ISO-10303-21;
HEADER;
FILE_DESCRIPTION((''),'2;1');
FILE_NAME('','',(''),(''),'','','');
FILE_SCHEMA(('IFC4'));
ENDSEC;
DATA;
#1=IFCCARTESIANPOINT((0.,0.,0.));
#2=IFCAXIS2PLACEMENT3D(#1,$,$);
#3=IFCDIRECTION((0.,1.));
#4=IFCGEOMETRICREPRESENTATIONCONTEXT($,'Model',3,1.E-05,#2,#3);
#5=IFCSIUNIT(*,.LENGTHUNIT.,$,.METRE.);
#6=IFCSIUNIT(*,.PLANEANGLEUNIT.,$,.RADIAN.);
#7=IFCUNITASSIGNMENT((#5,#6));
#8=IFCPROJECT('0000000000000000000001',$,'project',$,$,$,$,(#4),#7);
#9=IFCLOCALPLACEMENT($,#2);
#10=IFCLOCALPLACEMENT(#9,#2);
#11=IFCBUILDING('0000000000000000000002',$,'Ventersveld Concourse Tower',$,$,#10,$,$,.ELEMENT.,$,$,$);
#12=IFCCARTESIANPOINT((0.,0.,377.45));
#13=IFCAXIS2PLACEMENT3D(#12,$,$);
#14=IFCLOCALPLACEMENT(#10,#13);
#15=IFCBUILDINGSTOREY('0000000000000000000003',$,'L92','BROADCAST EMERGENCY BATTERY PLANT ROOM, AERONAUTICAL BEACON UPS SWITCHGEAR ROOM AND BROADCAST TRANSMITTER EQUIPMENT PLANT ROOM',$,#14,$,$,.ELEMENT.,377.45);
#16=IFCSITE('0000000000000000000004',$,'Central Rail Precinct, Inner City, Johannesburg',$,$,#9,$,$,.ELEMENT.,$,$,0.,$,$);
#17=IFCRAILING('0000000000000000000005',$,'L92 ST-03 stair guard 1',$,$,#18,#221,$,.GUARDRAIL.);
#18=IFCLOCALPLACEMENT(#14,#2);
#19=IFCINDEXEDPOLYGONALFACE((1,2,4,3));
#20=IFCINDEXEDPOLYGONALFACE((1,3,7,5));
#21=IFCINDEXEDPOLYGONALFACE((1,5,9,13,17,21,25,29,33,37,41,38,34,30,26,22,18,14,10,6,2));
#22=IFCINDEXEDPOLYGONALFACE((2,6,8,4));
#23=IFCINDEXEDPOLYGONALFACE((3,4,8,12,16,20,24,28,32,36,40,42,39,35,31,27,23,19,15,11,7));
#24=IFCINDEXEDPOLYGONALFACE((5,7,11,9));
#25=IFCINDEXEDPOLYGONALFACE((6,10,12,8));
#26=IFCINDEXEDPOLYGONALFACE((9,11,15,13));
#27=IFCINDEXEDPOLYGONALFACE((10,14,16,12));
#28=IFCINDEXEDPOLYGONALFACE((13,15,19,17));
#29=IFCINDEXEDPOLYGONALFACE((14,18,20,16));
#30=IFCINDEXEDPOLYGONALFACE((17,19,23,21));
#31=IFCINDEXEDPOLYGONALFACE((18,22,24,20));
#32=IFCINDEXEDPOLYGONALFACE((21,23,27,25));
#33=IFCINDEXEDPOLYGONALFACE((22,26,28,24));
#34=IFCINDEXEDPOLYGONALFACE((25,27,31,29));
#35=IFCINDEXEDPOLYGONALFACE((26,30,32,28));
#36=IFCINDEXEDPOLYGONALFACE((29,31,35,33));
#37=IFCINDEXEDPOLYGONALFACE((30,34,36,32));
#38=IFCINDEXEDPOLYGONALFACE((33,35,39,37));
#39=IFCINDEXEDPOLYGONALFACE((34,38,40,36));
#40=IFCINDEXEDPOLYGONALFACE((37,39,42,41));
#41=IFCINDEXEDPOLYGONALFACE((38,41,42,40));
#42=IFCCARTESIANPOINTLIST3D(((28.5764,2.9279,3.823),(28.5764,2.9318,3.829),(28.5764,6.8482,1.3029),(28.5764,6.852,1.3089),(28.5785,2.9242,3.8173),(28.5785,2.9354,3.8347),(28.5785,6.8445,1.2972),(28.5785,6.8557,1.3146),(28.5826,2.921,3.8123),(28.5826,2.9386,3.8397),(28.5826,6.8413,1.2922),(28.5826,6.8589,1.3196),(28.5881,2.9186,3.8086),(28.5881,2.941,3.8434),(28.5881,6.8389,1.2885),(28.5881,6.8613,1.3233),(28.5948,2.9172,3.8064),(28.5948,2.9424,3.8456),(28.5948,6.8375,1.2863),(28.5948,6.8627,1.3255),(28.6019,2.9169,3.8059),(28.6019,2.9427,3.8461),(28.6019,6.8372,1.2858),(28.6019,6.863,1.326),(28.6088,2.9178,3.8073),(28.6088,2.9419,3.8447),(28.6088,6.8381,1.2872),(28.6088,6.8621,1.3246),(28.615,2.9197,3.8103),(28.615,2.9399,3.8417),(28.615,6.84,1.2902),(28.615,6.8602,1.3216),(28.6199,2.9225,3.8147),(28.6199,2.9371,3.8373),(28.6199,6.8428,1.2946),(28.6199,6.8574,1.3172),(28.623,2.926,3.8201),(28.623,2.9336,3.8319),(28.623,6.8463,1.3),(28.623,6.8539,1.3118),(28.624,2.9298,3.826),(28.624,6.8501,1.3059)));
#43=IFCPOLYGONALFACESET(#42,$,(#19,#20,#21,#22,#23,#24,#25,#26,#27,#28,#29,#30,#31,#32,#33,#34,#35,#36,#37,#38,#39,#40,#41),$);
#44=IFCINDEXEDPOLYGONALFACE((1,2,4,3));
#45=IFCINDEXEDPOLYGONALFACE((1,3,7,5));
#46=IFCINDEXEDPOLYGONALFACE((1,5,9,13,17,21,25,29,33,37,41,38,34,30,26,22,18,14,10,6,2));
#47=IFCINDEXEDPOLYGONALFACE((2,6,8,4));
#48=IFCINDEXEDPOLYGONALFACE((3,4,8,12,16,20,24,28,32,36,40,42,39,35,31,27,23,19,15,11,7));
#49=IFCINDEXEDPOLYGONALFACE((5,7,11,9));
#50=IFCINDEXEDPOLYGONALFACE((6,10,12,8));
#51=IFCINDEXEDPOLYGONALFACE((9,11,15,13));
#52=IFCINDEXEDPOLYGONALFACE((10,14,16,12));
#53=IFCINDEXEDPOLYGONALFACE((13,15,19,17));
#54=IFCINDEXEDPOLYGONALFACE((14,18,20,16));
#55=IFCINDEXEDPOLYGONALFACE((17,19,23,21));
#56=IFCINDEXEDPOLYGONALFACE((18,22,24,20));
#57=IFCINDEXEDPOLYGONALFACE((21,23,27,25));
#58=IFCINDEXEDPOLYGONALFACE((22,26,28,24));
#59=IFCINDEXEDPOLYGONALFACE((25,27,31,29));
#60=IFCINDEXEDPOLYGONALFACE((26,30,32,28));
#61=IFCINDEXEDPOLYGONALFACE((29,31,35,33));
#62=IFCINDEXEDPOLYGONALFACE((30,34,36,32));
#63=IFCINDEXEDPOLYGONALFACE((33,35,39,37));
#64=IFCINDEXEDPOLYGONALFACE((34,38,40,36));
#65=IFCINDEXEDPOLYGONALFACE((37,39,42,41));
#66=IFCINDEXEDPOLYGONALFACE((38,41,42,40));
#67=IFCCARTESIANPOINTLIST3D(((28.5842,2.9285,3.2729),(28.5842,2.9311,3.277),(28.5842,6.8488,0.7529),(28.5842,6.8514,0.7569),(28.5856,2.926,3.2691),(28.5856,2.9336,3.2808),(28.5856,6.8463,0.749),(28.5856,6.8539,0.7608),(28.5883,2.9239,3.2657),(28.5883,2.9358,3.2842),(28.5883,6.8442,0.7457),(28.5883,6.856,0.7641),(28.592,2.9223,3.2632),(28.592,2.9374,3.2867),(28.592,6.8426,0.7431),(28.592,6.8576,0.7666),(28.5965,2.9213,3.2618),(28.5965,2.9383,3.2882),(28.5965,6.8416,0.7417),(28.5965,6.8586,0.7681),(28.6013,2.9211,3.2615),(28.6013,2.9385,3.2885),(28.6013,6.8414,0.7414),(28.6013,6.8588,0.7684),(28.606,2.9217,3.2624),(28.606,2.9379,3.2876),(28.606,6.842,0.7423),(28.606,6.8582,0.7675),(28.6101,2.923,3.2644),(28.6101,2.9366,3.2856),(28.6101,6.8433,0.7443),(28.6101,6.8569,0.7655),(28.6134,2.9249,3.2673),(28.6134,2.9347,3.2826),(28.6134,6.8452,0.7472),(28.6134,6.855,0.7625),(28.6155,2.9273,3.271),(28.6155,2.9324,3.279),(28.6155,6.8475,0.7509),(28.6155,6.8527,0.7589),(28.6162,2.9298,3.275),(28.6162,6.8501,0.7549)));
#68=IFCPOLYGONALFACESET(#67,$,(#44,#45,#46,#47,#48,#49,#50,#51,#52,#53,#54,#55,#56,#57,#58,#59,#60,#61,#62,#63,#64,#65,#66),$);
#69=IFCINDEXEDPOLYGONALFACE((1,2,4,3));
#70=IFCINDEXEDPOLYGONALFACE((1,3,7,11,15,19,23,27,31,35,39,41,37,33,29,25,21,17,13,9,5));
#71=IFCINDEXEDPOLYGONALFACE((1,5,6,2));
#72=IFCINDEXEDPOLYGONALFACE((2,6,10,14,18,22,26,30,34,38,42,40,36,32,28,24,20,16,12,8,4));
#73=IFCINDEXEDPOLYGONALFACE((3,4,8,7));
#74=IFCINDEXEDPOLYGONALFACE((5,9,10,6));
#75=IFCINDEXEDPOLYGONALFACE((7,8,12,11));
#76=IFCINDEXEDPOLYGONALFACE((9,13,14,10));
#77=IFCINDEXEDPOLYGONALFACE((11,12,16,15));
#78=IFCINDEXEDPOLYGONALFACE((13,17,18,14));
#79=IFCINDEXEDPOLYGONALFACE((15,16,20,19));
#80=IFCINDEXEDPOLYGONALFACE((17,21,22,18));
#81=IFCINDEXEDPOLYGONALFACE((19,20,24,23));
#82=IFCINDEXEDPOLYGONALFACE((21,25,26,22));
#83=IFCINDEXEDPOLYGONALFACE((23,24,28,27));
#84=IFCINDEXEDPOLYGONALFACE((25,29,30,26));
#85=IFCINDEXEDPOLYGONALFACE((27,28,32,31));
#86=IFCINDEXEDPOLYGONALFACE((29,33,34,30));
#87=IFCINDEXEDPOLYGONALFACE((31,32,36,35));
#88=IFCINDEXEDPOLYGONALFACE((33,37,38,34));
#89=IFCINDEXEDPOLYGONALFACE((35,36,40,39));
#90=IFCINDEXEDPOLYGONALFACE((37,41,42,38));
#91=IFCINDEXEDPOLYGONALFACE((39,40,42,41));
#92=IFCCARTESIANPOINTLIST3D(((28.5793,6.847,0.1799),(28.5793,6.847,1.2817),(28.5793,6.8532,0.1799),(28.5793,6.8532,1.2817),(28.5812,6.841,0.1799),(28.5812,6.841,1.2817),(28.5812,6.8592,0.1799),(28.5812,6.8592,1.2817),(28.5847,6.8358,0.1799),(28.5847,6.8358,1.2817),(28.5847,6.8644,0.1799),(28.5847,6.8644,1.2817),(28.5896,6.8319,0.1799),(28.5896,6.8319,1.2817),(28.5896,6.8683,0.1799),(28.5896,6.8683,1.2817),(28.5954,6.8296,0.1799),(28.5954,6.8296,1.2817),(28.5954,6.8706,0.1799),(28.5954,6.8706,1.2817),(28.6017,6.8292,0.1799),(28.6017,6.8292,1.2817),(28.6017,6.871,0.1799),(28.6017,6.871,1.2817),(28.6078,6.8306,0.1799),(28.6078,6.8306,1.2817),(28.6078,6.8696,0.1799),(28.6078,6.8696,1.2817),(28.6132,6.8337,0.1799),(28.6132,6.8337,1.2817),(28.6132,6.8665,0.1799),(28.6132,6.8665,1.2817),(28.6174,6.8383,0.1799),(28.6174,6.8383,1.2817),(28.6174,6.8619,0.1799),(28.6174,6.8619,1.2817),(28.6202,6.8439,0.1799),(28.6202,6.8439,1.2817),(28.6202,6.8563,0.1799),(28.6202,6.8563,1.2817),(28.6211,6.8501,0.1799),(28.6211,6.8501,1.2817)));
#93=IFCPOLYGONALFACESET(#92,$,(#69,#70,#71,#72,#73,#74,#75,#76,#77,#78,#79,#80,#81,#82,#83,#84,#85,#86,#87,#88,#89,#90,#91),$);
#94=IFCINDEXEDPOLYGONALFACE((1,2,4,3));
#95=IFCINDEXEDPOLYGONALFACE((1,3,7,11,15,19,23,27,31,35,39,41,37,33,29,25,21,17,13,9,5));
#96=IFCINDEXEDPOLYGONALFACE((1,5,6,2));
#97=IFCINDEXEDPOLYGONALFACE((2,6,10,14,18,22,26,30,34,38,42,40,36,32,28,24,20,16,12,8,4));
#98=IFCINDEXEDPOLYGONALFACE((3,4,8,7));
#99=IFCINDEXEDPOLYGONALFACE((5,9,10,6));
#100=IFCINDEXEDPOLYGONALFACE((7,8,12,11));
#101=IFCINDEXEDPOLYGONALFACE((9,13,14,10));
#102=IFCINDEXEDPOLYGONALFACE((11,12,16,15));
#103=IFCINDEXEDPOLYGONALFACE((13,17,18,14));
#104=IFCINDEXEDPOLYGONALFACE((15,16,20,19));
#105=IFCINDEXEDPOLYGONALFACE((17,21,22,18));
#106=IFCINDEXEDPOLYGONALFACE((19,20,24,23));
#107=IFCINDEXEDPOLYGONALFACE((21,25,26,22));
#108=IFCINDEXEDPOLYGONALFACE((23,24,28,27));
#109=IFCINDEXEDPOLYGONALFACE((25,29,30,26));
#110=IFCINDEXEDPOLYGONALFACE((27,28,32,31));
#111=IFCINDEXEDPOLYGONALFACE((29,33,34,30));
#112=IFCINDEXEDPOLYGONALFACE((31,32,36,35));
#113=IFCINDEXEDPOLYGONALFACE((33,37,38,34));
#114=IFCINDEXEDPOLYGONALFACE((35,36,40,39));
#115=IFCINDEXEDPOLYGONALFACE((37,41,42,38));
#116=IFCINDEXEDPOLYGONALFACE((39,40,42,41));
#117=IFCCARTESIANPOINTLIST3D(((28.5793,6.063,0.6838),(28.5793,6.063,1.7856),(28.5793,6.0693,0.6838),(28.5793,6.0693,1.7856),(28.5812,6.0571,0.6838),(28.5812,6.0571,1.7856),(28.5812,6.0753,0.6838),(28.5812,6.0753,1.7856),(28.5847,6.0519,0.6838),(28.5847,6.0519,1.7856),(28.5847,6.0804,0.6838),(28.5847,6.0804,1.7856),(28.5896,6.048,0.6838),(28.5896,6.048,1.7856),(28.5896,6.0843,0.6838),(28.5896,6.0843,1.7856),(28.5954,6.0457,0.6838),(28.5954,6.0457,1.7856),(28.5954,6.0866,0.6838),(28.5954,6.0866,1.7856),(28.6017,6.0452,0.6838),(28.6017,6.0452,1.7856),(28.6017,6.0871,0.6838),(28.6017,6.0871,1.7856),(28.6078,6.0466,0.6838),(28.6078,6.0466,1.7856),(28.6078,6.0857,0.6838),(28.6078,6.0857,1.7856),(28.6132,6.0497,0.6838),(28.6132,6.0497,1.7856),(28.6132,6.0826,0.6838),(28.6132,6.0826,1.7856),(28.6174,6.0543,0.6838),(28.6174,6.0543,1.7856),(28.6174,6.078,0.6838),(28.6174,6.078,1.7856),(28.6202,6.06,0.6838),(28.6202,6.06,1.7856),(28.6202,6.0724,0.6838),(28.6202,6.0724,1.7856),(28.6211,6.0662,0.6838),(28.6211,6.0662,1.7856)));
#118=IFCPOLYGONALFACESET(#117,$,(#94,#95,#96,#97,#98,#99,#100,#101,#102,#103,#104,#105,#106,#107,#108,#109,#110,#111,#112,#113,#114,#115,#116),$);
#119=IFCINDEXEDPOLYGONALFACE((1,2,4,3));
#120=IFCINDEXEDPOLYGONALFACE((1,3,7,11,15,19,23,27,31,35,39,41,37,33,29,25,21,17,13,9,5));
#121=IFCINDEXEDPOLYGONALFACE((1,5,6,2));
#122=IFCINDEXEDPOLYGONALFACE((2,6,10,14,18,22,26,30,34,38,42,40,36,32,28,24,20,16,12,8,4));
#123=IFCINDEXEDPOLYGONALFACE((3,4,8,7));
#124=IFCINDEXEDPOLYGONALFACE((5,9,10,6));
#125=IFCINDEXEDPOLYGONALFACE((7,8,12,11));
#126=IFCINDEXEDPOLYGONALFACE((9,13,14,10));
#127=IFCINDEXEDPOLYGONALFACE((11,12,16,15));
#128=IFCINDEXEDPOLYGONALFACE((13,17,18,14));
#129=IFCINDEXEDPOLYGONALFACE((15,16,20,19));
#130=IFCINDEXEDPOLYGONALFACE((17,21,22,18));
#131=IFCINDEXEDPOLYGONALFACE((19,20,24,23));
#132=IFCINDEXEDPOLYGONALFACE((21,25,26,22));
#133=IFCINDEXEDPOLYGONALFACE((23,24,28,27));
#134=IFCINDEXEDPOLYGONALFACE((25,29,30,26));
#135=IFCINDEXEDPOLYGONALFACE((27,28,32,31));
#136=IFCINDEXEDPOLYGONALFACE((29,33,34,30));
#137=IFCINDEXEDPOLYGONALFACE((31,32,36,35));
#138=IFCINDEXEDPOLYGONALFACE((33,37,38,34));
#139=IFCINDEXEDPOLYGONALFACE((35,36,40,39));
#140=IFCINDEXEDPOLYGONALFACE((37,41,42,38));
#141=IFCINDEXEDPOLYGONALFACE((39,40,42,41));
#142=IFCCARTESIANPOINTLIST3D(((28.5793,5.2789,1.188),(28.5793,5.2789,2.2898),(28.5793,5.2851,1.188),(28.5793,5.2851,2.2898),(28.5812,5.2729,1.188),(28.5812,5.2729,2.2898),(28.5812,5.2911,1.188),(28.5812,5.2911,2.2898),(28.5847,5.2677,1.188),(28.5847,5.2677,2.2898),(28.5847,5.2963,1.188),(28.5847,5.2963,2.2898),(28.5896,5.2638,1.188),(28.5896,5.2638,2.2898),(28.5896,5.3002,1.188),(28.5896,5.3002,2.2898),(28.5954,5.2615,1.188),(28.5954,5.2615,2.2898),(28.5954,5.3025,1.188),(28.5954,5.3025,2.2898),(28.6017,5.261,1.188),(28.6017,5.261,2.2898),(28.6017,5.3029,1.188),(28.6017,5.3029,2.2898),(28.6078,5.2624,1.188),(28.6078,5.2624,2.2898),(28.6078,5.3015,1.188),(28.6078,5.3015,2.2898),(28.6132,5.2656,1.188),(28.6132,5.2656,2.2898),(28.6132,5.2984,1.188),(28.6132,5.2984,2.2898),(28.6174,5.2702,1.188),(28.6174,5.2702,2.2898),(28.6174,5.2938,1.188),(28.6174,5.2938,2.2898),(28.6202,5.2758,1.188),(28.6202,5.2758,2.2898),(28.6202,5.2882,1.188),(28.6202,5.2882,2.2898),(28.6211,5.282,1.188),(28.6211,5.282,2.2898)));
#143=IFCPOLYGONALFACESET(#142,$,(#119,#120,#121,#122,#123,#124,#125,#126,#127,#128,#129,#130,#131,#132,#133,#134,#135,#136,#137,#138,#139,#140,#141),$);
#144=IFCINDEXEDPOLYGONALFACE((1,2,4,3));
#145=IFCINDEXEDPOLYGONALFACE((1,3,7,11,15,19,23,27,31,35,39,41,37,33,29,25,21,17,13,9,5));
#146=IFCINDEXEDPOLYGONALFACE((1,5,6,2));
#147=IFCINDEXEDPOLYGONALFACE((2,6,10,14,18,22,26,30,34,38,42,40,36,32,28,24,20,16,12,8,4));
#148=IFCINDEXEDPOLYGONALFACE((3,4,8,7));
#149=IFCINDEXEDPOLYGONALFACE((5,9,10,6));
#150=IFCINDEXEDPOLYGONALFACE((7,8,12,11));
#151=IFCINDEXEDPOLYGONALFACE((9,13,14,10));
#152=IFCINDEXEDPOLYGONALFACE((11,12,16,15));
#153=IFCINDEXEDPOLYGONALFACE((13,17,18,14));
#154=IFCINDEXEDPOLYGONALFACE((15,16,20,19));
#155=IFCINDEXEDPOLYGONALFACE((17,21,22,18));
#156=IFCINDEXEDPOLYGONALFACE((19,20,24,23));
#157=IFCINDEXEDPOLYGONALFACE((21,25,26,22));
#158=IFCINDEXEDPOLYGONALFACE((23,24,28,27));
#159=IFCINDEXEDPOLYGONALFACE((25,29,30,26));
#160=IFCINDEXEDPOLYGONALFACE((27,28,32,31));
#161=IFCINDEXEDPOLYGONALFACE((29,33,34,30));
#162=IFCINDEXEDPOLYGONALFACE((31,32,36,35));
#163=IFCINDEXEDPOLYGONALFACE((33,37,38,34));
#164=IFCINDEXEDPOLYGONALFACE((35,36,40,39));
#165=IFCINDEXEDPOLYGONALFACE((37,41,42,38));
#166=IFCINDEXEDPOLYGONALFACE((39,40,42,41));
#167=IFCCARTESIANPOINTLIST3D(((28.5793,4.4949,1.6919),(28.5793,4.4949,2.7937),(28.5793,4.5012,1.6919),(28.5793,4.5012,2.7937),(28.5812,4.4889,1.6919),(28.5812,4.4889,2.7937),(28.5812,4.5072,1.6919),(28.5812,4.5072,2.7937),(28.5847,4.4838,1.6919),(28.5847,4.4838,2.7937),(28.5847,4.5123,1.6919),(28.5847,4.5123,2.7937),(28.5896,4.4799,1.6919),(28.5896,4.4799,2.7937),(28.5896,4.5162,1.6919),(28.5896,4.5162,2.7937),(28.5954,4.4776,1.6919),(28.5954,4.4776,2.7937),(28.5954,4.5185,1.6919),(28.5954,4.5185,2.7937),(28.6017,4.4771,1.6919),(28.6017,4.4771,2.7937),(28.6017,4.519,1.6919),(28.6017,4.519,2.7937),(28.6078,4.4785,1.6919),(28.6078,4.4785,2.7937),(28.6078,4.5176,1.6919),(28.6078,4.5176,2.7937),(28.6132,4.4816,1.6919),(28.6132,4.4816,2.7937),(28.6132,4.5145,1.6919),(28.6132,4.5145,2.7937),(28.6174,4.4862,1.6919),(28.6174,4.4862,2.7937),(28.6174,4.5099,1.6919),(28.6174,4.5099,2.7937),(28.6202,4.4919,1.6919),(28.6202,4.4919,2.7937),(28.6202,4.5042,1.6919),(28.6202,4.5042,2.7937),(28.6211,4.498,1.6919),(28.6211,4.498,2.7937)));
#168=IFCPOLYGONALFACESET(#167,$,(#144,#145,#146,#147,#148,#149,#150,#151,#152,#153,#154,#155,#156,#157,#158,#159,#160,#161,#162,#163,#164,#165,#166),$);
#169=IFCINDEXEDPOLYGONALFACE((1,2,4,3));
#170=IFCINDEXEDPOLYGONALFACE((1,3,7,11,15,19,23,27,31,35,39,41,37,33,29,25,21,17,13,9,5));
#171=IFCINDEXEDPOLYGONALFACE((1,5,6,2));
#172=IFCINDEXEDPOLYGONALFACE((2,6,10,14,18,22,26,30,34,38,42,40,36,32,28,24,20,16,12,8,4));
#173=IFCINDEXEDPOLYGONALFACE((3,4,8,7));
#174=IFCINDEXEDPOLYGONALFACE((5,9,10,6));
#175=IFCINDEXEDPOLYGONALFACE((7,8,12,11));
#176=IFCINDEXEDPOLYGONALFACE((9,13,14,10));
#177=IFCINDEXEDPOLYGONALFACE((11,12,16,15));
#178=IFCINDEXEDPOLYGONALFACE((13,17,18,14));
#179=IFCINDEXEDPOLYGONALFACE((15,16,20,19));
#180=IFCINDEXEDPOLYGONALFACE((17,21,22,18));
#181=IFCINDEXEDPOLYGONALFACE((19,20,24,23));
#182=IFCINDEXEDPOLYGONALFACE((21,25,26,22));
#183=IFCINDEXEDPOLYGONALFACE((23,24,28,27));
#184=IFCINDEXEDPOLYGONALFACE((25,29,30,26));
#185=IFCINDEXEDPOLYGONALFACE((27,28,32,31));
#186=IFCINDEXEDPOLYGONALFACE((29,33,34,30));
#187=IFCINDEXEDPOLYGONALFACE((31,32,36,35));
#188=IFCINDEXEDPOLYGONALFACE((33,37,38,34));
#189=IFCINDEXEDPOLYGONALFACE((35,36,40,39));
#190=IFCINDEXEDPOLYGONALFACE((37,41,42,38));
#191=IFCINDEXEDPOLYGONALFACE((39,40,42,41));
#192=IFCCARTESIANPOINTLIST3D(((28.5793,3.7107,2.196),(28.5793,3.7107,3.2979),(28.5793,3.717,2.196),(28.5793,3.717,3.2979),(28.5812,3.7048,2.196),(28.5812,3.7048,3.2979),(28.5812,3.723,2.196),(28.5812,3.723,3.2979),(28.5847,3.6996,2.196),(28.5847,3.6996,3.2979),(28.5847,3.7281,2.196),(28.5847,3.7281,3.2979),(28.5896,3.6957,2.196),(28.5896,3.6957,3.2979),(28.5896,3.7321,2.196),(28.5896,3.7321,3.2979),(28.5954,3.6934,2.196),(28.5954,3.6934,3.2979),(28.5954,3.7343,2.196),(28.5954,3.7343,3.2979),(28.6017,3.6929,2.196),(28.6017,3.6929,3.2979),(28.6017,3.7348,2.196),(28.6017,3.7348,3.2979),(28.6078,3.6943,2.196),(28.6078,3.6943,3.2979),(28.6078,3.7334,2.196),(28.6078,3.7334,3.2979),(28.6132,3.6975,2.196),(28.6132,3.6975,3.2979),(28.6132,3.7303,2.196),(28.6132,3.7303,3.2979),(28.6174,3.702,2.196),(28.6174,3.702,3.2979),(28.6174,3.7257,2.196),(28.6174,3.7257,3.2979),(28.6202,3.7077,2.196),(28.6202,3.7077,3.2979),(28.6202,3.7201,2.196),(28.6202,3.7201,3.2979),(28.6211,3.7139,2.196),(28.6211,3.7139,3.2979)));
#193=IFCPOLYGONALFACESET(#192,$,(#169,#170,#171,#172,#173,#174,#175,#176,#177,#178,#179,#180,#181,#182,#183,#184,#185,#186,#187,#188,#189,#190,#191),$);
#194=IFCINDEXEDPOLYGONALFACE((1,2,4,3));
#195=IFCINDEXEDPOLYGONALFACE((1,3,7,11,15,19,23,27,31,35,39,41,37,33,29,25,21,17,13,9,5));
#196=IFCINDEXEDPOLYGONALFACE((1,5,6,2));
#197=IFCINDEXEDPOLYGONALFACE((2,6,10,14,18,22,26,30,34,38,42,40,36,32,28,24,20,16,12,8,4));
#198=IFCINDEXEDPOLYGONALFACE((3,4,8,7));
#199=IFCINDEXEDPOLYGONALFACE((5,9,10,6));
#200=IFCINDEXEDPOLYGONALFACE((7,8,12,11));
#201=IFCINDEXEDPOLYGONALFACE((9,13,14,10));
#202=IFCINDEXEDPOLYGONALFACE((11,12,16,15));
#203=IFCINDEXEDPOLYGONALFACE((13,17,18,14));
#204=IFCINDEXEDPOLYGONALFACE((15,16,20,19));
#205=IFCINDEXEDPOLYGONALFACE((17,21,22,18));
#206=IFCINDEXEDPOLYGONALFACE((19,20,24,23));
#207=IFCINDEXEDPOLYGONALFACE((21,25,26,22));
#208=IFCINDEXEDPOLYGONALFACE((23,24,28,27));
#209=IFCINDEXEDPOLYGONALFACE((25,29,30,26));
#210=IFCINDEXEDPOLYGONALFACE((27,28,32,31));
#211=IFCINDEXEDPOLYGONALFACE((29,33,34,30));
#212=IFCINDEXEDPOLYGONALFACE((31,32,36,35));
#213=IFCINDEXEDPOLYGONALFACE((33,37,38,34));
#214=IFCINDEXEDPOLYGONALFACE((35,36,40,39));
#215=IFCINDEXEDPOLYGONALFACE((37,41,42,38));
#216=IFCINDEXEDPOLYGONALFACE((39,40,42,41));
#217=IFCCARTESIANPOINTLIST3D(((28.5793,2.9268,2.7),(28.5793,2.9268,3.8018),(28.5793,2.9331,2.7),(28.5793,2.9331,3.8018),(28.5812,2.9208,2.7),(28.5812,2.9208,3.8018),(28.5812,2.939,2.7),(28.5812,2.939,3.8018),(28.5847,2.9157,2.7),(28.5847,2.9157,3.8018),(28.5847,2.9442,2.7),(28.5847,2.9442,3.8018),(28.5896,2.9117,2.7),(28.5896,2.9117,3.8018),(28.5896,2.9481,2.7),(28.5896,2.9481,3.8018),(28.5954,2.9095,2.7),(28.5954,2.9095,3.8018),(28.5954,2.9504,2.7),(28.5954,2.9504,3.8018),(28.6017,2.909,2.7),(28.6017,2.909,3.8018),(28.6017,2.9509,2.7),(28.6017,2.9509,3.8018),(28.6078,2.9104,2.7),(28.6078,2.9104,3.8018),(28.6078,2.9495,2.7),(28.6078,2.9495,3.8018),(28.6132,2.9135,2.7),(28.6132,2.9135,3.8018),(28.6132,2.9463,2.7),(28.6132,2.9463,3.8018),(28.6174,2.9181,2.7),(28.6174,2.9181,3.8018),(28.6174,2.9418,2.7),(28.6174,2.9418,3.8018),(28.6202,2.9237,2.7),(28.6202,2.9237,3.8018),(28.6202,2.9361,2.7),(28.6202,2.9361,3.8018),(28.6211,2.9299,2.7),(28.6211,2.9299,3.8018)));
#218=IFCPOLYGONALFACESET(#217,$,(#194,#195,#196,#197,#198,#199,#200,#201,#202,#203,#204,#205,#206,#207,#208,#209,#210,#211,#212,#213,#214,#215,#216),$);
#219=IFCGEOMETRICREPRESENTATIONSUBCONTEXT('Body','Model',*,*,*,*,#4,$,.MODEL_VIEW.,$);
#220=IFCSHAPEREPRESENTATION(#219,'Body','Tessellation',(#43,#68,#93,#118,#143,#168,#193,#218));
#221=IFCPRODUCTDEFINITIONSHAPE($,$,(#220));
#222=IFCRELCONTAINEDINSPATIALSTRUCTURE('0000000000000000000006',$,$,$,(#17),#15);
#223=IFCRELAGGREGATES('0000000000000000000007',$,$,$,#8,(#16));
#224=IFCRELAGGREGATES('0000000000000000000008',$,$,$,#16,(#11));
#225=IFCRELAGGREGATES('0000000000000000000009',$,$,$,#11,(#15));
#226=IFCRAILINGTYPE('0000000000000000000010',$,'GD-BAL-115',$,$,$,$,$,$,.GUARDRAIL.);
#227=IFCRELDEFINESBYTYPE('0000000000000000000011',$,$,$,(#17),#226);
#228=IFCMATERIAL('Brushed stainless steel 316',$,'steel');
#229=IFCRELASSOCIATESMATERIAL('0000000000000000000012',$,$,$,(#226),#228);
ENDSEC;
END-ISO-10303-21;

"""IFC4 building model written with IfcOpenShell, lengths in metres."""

from ifc_helpers import new_model, si_unit, direction, frame, origin, origin_2d, place, context, subcontext, project, spatial, circle, extrude, material, type_object, element, save


model = new_model("IFC4")

# Units and contexts
model_context = context("Model", 3, precision=1e-05, world=origin(), true_north=direction((0.0, 1.0)))
body_context = subcontext(model_context, "Body", "Model", "MODEL_VIEW")
ifc_project = project(units=[si_unit("LENGTHUNIT", "METRE"), si_unit("PLANEANGLEUNIT", "RADIAN")], contexts=[model_context])

# Site, building, storey
site_placement = place(None, origin())
site = spatial("IfcSite", under=ifc_project, at=site_placement, Name="Central Rail Precinct, Inner City, Johannesburg", CompositionType="ELEMENT", RefElevation=0.0)
building_placement = place(site_placement, origin())
building = spatial("IfcBuilding", under=site, at=building_placement, Name="Ventersveld Concourse Tower", CompositionType="ELEMENT")
storey_placement = place(building_placement, frame((0.0, 0.0, 377.45)))
storey = spatial("IfcBuildingStorey", under=building, at=storey_placement, Name="L92", Description="BROADCAST EMERGENCY BATTERY PLANT ROOM, AERONAUTICAL BEACON UPS SWITCHGEAR ROOM AND BROADCAST TRANSMITTER EQUIPMENT PLANT ROOM", CompositionType="ELEMENT", Elevation=377.45)

# Shared definitions
ifc_material_1 = material(Name="Brushed stainless steel 316", Category="steel")

# Railing
railing_type_1 = type_object("IfcRailingType", Name="GD-BAL-115", PredefinedType="GUARDRAIL", material=ifc_material_1)
railing_1_placement = place(storey_placement, frame((28.6001, 6.8501, 0.1799)))
element("IfcRailing", 1, at=railing_1_placement, inside=storey, type_object=railing_type_1, Name="L92 ST-03 stair guard 1", PredefinedType="GUARDRAIL", context=body_context, shape_type="SweptSolid", body=[
    extrude(circle(Radius=0.0239, at=origin_2d()), frame((0.0, 0.0, 1.126), z_axis=(0.0, -0.841187, 0.540744), x_axis=(1.0, 0.0, 0.0)), (0.0, 0.0, 1.0), 4.6604),
    extrude(circle(Radius=0.0161, at=origin_2d()), frame((0.0, 0.0, 0.575), z_axis=(0.0, -0.841187, 0.540744), x_axis=(1.0, 0.0, 0.0)), (0.0, 0.0, 1.0), 4.6604),
    extrude(circle(Radius=0.021, at=origin_2d()), origin(), (0.0, 0.0, 1.0), 1.1018),
    extrude(circle(Radius=0.021, at=origin_2d()), frame((0.0, -0.7839, 0.5039)), (0.0, 0.0, 1.0), 1.1018),
    extrude(circle(Radius=0.021, at=origin_2d()), frame((0.0, -1.5681, 1.0081)), (0.0, 0.0, 1.0), 1.1018),
    extrude(circle(Radius=0.021, at=origin_2d()), frame((0.0, -2.3521, 1.512)), (0.0, 0.0, 1.0), 1.1018),
    extrude(circle(Radius=0.021, at=origin_2d()), frame((0.0, -3.1362, 2.0161)), (0.0, 0.0, 1.0), 1.1018),
    extrude(circle(Radius=0.021, at=origin_2d()), frame((0.0, -3.9202, 2.52)), (0.0, 0.0, 1.0), 1.1018),
])

save(model, "model.ifc")
